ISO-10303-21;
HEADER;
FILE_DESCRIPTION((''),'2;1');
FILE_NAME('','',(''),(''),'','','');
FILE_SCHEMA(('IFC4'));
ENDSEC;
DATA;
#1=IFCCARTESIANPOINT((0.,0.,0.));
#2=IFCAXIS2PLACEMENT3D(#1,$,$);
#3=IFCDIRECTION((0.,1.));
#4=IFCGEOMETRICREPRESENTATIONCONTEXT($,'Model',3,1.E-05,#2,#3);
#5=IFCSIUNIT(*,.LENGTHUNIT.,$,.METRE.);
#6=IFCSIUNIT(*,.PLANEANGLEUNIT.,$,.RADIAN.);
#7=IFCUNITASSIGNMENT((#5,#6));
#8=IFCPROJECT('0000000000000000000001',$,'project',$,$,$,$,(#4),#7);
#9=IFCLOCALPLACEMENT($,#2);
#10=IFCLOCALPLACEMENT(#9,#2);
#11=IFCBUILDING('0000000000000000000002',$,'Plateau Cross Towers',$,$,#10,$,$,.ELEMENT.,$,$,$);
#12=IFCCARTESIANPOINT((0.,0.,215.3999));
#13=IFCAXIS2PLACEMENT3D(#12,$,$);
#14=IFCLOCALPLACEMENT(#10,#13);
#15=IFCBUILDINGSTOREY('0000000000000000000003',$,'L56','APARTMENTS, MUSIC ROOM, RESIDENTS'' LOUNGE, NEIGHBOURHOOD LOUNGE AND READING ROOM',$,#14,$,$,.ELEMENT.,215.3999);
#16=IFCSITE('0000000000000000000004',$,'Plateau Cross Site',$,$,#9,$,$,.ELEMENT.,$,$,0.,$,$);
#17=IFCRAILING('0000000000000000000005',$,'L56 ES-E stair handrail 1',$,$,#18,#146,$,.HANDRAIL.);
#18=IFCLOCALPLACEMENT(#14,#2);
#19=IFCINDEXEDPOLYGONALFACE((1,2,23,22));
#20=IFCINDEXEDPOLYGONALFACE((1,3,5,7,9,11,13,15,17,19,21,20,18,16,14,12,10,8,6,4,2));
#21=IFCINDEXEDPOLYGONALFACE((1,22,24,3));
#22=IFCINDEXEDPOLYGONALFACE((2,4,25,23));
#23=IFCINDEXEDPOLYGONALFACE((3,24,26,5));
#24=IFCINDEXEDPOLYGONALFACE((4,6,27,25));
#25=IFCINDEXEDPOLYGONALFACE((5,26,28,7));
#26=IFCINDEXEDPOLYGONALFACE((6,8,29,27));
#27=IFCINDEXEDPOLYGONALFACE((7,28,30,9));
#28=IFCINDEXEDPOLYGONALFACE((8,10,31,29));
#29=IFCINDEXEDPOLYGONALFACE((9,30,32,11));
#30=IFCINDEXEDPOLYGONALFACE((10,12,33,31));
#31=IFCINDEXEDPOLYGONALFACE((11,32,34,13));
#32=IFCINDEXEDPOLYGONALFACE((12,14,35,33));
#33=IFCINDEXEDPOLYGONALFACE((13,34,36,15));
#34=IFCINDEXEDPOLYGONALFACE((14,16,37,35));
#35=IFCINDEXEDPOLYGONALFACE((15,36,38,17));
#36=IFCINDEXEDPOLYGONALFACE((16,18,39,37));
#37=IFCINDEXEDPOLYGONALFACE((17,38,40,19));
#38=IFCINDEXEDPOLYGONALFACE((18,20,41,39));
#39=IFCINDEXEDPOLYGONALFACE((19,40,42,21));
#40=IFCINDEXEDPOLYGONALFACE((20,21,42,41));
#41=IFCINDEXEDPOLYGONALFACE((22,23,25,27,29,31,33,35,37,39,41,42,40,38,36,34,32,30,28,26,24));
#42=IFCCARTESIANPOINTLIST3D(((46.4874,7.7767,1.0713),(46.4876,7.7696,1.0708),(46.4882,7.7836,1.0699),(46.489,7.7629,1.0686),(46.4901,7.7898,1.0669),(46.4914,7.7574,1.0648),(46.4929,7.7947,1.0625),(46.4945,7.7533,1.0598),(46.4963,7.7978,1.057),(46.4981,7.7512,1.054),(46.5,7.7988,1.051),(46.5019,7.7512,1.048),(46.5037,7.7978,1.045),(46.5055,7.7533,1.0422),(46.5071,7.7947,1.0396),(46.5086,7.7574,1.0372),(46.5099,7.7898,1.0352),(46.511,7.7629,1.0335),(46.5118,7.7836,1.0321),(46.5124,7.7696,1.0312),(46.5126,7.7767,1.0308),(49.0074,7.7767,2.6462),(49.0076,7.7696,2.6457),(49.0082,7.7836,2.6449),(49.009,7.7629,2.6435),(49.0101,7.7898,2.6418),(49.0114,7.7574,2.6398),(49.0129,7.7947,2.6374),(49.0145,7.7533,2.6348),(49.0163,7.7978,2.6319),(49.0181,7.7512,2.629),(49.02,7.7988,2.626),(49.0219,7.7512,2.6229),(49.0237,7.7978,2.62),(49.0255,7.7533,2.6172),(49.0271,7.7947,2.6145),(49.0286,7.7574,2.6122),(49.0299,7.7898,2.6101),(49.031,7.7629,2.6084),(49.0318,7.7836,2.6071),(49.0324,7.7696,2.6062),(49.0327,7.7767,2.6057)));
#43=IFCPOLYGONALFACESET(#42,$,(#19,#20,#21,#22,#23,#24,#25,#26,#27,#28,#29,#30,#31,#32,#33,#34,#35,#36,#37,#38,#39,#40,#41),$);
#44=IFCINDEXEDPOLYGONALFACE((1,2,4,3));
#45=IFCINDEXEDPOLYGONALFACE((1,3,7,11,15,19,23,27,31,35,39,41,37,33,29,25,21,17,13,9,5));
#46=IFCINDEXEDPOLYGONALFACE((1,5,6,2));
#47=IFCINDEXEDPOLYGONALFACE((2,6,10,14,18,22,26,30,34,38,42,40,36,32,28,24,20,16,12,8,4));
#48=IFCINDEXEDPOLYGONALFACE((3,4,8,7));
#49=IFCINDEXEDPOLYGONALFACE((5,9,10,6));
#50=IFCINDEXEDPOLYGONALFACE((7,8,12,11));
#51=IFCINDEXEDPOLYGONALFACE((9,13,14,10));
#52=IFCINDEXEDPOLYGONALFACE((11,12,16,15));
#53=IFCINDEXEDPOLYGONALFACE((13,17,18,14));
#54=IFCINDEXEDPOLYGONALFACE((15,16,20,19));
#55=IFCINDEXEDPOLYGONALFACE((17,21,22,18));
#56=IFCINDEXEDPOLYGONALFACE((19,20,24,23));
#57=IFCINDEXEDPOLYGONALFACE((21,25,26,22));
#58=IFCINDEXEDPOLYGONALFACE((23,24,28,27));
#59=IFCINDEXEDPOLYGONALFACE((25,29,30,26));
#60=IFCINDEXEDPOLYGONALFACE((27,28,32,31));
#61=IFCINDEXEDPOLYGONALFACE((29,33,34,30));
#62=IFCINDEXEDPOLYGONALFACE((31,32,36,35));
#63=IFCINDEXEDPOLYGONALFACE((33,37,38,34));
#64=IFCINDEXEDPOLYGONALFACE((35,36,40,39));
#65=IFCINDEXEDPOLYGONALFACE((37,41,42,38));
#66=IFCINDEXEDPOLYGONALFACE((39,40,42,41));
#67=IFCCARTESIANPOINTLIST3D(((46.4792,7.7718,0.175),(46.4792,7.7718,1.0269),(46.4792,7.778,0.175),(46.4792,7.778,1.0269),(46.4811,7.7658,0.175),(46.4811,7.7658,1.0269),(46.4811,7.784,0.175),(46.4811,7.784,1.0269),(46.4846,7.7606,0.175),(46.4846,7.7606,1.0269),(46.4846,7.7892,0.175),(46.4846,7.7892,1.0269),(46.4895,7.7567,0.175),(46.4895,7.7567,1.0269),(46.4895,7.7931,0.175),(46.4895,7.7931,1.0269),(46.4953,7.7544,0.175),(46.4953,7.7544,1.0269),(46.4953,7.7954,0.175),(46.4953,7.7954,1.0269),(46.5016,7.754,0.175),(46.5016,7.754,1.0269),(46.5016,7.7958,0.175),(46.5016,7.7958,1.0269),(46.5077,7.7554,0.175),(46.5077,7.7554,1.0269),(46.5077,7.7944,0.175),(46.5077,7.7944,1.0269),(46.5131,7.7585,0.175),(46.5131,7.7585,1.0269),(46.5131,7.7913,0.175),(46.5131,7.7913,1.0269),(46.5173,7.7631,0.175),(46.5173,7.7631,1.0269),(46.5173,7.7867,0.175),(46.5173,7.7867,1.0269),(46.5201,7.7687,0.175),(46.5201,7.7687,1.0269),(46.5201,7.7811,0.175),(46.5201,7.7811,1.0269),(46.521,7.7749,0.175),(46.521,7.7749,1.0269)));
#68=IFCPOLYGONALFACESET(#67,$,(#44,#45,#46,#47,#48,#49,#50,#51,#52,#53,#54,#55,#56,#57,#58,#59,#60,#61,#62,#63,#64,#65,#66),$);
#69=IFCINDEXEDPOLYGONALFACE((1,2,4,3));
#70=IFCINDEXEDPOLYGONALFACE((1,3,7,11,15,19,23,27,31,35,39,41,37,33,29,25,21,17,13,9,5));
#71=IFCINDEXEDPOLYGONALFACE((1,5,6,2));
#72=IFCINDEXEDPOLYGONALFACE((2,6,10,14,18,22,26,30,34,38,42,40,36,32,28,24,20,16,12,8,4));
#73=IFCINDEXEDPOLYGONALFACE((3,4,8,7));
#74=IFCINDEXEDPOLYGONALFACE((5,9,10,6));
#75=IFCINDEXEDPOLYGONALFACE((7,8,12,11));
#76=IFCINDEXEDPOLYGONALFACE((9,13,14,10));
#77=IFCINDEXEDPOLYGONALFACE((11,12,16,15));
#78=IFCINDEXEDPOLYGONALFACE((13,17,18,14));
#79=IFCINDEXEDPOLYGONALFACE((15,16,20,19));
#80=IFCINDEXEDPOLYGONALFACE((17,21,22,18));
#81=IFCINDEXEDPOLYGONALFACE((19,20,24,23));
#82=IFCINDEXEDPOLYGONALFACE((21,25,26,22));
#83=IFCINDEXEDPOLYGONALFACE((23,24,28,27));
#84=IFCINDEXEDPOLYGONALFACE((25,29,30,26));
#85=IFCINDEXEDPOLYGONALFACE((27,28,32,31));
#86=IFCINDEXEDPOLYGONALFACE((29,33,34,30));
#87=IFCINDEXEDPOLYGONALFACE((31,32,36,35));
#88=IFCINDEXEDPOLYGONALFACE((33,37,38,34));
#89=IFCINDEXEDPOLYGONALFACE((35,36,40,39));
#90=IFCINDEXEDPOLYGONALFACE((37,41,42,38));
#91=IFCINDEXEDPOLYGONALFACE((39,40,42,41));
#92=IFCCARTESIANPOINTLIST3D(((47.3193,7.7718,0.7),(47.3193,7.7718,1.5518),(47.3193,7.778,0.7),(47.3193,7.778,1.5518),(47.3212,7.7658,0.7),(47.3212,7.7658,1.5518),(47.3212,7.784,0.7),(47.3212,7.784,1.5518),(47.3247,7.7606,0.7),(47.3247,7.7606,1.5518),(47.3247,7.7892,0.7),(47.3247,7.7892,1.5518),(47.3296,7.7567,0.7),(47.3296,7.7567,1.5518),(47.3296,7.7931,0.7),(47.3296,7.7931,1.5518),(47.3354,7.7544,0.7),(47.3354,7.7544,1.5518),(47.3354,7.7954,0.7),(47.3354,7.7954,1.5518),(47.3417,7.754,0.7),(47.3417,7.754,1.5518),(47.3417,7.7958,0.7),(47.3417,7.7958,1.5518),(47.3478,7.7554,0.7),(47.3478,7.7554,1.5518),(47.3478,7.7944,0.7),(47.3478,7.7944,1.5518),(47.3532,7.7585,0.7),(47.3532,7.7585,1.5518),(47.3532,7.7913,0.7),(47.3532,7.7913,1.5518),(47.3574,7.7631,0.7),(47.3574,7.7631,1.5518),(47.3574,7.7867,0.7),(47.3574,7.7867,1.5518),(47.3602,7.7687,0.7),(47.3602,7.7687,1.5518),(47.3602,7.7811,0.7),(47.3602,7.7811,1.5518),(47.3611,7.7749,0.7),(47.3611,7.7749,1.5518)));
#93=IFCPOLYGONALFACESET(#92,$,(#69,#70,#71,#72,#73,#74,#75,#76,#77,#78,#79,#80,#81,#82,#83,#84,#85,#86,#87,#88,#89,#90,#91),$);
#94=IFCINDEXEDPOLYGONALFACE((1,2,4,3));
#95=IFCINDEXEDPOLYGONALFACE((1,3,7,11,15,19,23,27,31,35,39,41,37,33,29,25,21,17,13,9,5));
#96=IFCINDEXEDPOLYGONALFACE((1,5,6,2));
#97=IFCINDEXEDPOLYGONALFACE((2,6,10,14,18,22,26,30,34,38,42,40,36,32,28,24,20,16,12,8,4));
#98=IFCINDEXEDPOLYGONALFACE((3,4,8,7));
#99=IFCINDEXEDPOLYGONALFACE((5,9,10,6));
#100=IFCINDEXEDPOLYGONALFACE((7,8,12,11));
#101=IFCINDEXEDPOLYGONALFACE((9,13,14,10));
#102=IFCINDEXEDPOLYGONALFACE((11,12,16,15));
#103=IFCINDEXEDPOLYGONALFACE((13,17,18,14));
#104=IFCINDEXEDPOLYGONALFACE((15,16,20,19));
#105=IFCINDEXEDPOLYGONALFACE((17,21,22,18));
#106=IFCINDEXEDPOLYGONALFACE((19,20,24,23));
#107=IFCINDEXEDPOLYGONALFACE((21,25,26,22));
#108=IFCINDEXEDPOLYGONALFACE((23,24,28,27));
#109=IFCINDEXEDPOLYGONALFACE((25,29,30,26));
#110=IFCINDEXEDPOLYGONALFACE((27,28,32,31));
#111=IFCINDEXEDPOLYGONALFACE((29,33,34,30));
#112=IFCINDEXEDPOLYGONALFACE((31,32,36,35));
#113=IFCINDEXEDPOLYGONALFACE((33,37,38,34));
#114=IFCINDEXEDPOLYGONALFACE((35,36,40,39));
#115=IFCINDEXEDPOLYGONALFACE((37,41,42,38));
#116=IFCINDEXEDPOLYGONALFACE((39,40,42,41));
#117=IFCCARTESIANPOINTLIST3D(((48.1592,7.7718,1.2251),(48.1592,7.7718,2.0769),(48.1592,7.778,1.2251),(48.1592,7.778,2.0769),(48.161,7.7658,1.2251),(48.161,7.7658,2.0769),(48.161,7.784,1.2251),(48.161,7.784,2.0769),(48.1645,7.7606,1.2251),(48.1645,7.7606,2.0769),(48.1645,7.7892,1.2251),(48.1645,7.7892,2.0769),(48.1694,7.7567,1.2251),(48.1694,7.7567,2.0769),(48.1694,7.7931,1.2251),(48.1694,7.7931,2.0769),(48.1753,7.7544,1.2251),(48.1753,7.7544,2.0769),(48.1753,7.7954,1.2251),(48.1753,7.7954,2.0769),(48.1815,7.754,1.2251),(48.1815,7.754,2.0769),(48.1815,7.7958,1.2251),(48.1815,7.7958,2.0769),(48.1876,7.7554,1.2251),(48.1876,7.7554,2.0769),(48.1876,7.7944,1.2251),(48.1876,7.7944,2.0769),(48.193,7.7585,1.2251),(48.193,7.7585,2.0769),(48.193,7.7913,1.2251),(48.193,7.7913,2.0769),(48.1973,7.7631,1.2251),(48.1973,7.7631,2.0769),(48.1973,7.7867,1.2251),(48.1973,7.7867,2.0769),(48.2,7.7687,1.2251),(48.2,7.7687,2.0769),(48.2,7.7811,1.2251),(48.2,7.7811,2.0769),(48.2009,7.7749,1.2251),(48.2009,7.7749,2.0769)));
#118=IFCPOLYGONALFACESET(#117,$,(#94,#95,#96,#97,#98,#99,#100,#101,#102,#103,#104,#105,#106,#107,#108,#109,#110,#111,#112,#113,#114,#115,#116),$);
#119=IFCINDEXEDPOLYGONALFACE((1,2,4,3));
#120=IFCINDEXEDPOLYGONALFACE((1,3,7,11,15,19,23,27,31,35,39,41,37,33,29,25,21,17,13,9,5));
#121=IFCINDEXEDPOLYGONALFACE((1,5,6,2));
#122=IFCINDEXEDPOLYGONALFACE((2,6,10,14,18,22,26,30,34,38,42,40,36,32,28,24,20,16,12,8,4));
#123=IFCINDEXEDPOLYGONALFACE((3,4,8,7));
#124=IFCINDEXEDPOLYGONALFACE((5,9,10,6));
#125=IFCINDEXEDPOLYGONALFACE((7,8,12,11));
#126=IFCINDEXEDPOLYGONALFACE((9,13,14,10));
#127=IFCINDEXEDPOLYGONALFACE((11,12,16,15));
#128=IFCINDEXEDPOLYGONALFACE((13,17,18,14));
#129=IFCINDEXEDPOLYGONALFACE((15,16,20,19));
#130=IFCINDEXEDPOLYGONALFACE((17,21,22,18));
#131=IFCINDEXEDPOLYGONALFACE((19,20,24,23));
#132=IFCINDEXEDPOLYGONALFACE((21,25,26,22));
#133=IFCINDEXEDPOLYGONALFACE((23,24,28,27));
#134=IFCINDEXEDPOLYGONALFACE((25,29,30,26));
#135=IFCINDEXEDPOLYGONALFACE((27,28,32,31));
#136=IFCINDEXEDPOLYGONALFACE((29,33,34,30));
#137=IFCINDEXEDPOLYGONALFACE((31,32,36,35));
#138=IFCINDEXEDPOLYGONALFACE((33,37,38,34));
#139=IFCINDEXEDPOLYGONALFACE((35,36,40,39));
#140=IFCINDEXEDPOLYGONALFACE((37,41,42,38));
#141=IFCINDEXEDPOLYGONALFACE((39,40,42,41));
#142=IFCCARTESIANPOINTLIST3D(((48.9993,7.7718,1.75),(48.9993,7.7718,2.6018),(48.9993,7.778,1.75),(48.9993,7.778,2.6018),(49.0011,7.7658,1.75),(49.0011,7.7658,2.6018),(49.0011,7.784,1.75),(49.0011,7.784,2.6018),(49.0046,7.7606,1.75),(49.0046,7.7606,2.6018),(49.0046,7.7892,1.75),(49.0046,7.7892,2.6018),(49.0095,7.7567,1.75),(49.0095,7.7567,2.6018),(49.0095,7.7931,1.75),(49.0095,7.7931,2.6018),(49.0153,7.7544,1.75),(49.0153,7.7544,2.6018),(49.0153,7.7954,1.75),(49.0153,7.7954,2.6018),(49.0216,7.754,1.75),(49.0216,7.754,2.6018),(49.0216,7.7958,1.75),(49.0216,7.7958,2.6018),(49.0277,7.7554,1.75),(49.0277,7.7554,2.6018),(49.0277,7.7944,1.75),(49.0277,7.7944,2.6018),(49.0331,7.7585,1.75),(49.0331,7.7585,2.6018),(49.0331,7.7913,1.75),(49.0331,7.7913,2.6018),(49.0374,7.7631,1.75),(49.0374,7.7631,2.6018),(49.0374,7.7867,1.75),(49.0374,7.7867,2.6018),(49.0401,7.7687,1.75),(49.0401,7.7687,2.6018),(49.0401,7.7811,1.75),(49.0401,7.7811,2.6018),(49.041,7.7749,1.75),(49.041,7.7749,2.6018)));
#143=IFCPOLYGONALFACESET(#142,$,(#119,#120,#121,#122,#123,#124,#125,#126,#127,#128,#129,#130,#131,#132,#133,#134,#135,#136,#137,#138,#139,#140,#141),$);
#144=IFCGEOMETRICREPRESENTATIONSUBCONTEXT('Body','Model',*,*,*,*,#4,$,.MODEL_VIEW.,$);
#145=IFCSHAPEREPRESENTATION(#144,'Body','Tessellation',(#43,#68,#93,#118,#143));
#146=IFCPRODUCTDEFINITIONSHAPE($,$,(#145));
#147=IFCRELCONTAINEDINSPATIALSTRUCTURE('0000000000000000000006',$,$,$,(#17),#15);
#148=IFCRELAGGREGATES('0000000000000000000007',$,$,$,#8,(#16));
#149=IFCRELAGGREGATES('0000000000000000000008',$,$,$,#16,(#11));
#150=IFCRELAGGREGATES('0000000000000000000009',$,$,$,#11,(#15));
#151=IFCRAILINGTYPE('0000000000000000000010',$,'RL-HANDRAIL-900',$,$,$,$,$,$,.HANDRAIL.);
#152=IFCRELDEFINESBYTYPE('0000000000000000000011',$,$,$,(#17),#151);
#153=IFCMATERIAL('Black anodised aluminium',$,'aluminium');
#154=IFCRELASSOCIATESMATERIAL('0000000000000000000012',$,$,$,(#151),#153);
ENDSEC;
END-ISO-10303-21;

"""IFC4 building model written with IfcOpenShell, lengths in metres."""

from ifc_helpers import new_model, si_unit, direction, frame, origin, origin_2d, place, context, subcontext, project, spatial, circle, extrude, material, type_object, element, save


model = new_model("IFC4")

# Units and contexts
model_context = context("Model", 3, precision=1e-05, world=origin(), true_north=direction((0.0, 1.0)))
body_context = subcontext(model_context, "Body", "Model", "MODEL_VIEW")
ifc_project = project(units=[si_unit("LENGTHUNIT", "METRE"), si_unit("PLANEANGLEUNIT", "RADIAN")], contexts=[model_context])

# Site, building, storey
site_placement = place(None, origin())
site = spatial("IfcSite", under=ifc_project, at=site_placement, Name="Plateau Cross Site", CompositionType="ELEMENT", RefElevation=0.0)
building_placement = place(site_placement, origin())
building = spatial("IfcBuilding", under=site, at=building_placement, Name="Plateau Cross Towers", CompositionType="ELEMENT")
storey_placement = place(building_placement, frame((0.0, 0.0, 215.3999)))
storey = spatial("IfcBuildingStorey", under=building, at=storey_placement, Name="L56", Description="APARTMENTS, MUSIC ROOM, RESIDENTS' LOUNGE, NEIGHBOURHOOD LOUNGE AND READING ROOM", CompositionType="ELEMENT", Elevation=215.3999)

# Shared definitions
ifc_material_1 = material(Name="Black anodised aluminium", Category="aluminium")

# Railing
railing_type_1 = type_object("IfcRailingType", Name="RL-HANDRAIL-900", PredefinedType="HANDRAIL", material=ifc_material_1)
railing_1_placement = place(storey_placement, frame((46.5, 7.7749, 0.175)))
element("IfcRailing", 1, at=railing_1_placement, inside=storey, type_object=railing_type_1, Name="L56 ES-E stair handrail 1", PredefinedType="HANDRAIL", context=body_context, shape_type="SweptSolid", body=[
    extrude(circle(Radius=0.0239, at=origin_2d()), frame((0.0, 0.0, 0.876), z_axis=(0.848008, 0.0, 0.529984), x_axis=(0.0, 1.0, 0.0)), (0.0, 0.0, 1.0), 2.9717),
    extrude(circle(Radius=0.021, at=origin_2d()), origin(), (0.0, 0.0, 1.0), 0.8518),
    extrude(circle(Radius=0.021, at=origin_2d()), frame((0.8401, 0.0, 0.5249)), (0.0, 0.0, 1.0), 0.8518),
    extrude(circle(Radius=0.021, at=origin_2d()), frame((1.6799, 0.0, 1.05)), (0.0, 0.0, 1.0), 0.8518),
    extrude(circle(Radius=0.021, at=origin_2d()), frame((2.52, 0.0, 1.575)), (0.0, 0.0, 1.0), 0.8518),
])

save(model, "model.ifc")
